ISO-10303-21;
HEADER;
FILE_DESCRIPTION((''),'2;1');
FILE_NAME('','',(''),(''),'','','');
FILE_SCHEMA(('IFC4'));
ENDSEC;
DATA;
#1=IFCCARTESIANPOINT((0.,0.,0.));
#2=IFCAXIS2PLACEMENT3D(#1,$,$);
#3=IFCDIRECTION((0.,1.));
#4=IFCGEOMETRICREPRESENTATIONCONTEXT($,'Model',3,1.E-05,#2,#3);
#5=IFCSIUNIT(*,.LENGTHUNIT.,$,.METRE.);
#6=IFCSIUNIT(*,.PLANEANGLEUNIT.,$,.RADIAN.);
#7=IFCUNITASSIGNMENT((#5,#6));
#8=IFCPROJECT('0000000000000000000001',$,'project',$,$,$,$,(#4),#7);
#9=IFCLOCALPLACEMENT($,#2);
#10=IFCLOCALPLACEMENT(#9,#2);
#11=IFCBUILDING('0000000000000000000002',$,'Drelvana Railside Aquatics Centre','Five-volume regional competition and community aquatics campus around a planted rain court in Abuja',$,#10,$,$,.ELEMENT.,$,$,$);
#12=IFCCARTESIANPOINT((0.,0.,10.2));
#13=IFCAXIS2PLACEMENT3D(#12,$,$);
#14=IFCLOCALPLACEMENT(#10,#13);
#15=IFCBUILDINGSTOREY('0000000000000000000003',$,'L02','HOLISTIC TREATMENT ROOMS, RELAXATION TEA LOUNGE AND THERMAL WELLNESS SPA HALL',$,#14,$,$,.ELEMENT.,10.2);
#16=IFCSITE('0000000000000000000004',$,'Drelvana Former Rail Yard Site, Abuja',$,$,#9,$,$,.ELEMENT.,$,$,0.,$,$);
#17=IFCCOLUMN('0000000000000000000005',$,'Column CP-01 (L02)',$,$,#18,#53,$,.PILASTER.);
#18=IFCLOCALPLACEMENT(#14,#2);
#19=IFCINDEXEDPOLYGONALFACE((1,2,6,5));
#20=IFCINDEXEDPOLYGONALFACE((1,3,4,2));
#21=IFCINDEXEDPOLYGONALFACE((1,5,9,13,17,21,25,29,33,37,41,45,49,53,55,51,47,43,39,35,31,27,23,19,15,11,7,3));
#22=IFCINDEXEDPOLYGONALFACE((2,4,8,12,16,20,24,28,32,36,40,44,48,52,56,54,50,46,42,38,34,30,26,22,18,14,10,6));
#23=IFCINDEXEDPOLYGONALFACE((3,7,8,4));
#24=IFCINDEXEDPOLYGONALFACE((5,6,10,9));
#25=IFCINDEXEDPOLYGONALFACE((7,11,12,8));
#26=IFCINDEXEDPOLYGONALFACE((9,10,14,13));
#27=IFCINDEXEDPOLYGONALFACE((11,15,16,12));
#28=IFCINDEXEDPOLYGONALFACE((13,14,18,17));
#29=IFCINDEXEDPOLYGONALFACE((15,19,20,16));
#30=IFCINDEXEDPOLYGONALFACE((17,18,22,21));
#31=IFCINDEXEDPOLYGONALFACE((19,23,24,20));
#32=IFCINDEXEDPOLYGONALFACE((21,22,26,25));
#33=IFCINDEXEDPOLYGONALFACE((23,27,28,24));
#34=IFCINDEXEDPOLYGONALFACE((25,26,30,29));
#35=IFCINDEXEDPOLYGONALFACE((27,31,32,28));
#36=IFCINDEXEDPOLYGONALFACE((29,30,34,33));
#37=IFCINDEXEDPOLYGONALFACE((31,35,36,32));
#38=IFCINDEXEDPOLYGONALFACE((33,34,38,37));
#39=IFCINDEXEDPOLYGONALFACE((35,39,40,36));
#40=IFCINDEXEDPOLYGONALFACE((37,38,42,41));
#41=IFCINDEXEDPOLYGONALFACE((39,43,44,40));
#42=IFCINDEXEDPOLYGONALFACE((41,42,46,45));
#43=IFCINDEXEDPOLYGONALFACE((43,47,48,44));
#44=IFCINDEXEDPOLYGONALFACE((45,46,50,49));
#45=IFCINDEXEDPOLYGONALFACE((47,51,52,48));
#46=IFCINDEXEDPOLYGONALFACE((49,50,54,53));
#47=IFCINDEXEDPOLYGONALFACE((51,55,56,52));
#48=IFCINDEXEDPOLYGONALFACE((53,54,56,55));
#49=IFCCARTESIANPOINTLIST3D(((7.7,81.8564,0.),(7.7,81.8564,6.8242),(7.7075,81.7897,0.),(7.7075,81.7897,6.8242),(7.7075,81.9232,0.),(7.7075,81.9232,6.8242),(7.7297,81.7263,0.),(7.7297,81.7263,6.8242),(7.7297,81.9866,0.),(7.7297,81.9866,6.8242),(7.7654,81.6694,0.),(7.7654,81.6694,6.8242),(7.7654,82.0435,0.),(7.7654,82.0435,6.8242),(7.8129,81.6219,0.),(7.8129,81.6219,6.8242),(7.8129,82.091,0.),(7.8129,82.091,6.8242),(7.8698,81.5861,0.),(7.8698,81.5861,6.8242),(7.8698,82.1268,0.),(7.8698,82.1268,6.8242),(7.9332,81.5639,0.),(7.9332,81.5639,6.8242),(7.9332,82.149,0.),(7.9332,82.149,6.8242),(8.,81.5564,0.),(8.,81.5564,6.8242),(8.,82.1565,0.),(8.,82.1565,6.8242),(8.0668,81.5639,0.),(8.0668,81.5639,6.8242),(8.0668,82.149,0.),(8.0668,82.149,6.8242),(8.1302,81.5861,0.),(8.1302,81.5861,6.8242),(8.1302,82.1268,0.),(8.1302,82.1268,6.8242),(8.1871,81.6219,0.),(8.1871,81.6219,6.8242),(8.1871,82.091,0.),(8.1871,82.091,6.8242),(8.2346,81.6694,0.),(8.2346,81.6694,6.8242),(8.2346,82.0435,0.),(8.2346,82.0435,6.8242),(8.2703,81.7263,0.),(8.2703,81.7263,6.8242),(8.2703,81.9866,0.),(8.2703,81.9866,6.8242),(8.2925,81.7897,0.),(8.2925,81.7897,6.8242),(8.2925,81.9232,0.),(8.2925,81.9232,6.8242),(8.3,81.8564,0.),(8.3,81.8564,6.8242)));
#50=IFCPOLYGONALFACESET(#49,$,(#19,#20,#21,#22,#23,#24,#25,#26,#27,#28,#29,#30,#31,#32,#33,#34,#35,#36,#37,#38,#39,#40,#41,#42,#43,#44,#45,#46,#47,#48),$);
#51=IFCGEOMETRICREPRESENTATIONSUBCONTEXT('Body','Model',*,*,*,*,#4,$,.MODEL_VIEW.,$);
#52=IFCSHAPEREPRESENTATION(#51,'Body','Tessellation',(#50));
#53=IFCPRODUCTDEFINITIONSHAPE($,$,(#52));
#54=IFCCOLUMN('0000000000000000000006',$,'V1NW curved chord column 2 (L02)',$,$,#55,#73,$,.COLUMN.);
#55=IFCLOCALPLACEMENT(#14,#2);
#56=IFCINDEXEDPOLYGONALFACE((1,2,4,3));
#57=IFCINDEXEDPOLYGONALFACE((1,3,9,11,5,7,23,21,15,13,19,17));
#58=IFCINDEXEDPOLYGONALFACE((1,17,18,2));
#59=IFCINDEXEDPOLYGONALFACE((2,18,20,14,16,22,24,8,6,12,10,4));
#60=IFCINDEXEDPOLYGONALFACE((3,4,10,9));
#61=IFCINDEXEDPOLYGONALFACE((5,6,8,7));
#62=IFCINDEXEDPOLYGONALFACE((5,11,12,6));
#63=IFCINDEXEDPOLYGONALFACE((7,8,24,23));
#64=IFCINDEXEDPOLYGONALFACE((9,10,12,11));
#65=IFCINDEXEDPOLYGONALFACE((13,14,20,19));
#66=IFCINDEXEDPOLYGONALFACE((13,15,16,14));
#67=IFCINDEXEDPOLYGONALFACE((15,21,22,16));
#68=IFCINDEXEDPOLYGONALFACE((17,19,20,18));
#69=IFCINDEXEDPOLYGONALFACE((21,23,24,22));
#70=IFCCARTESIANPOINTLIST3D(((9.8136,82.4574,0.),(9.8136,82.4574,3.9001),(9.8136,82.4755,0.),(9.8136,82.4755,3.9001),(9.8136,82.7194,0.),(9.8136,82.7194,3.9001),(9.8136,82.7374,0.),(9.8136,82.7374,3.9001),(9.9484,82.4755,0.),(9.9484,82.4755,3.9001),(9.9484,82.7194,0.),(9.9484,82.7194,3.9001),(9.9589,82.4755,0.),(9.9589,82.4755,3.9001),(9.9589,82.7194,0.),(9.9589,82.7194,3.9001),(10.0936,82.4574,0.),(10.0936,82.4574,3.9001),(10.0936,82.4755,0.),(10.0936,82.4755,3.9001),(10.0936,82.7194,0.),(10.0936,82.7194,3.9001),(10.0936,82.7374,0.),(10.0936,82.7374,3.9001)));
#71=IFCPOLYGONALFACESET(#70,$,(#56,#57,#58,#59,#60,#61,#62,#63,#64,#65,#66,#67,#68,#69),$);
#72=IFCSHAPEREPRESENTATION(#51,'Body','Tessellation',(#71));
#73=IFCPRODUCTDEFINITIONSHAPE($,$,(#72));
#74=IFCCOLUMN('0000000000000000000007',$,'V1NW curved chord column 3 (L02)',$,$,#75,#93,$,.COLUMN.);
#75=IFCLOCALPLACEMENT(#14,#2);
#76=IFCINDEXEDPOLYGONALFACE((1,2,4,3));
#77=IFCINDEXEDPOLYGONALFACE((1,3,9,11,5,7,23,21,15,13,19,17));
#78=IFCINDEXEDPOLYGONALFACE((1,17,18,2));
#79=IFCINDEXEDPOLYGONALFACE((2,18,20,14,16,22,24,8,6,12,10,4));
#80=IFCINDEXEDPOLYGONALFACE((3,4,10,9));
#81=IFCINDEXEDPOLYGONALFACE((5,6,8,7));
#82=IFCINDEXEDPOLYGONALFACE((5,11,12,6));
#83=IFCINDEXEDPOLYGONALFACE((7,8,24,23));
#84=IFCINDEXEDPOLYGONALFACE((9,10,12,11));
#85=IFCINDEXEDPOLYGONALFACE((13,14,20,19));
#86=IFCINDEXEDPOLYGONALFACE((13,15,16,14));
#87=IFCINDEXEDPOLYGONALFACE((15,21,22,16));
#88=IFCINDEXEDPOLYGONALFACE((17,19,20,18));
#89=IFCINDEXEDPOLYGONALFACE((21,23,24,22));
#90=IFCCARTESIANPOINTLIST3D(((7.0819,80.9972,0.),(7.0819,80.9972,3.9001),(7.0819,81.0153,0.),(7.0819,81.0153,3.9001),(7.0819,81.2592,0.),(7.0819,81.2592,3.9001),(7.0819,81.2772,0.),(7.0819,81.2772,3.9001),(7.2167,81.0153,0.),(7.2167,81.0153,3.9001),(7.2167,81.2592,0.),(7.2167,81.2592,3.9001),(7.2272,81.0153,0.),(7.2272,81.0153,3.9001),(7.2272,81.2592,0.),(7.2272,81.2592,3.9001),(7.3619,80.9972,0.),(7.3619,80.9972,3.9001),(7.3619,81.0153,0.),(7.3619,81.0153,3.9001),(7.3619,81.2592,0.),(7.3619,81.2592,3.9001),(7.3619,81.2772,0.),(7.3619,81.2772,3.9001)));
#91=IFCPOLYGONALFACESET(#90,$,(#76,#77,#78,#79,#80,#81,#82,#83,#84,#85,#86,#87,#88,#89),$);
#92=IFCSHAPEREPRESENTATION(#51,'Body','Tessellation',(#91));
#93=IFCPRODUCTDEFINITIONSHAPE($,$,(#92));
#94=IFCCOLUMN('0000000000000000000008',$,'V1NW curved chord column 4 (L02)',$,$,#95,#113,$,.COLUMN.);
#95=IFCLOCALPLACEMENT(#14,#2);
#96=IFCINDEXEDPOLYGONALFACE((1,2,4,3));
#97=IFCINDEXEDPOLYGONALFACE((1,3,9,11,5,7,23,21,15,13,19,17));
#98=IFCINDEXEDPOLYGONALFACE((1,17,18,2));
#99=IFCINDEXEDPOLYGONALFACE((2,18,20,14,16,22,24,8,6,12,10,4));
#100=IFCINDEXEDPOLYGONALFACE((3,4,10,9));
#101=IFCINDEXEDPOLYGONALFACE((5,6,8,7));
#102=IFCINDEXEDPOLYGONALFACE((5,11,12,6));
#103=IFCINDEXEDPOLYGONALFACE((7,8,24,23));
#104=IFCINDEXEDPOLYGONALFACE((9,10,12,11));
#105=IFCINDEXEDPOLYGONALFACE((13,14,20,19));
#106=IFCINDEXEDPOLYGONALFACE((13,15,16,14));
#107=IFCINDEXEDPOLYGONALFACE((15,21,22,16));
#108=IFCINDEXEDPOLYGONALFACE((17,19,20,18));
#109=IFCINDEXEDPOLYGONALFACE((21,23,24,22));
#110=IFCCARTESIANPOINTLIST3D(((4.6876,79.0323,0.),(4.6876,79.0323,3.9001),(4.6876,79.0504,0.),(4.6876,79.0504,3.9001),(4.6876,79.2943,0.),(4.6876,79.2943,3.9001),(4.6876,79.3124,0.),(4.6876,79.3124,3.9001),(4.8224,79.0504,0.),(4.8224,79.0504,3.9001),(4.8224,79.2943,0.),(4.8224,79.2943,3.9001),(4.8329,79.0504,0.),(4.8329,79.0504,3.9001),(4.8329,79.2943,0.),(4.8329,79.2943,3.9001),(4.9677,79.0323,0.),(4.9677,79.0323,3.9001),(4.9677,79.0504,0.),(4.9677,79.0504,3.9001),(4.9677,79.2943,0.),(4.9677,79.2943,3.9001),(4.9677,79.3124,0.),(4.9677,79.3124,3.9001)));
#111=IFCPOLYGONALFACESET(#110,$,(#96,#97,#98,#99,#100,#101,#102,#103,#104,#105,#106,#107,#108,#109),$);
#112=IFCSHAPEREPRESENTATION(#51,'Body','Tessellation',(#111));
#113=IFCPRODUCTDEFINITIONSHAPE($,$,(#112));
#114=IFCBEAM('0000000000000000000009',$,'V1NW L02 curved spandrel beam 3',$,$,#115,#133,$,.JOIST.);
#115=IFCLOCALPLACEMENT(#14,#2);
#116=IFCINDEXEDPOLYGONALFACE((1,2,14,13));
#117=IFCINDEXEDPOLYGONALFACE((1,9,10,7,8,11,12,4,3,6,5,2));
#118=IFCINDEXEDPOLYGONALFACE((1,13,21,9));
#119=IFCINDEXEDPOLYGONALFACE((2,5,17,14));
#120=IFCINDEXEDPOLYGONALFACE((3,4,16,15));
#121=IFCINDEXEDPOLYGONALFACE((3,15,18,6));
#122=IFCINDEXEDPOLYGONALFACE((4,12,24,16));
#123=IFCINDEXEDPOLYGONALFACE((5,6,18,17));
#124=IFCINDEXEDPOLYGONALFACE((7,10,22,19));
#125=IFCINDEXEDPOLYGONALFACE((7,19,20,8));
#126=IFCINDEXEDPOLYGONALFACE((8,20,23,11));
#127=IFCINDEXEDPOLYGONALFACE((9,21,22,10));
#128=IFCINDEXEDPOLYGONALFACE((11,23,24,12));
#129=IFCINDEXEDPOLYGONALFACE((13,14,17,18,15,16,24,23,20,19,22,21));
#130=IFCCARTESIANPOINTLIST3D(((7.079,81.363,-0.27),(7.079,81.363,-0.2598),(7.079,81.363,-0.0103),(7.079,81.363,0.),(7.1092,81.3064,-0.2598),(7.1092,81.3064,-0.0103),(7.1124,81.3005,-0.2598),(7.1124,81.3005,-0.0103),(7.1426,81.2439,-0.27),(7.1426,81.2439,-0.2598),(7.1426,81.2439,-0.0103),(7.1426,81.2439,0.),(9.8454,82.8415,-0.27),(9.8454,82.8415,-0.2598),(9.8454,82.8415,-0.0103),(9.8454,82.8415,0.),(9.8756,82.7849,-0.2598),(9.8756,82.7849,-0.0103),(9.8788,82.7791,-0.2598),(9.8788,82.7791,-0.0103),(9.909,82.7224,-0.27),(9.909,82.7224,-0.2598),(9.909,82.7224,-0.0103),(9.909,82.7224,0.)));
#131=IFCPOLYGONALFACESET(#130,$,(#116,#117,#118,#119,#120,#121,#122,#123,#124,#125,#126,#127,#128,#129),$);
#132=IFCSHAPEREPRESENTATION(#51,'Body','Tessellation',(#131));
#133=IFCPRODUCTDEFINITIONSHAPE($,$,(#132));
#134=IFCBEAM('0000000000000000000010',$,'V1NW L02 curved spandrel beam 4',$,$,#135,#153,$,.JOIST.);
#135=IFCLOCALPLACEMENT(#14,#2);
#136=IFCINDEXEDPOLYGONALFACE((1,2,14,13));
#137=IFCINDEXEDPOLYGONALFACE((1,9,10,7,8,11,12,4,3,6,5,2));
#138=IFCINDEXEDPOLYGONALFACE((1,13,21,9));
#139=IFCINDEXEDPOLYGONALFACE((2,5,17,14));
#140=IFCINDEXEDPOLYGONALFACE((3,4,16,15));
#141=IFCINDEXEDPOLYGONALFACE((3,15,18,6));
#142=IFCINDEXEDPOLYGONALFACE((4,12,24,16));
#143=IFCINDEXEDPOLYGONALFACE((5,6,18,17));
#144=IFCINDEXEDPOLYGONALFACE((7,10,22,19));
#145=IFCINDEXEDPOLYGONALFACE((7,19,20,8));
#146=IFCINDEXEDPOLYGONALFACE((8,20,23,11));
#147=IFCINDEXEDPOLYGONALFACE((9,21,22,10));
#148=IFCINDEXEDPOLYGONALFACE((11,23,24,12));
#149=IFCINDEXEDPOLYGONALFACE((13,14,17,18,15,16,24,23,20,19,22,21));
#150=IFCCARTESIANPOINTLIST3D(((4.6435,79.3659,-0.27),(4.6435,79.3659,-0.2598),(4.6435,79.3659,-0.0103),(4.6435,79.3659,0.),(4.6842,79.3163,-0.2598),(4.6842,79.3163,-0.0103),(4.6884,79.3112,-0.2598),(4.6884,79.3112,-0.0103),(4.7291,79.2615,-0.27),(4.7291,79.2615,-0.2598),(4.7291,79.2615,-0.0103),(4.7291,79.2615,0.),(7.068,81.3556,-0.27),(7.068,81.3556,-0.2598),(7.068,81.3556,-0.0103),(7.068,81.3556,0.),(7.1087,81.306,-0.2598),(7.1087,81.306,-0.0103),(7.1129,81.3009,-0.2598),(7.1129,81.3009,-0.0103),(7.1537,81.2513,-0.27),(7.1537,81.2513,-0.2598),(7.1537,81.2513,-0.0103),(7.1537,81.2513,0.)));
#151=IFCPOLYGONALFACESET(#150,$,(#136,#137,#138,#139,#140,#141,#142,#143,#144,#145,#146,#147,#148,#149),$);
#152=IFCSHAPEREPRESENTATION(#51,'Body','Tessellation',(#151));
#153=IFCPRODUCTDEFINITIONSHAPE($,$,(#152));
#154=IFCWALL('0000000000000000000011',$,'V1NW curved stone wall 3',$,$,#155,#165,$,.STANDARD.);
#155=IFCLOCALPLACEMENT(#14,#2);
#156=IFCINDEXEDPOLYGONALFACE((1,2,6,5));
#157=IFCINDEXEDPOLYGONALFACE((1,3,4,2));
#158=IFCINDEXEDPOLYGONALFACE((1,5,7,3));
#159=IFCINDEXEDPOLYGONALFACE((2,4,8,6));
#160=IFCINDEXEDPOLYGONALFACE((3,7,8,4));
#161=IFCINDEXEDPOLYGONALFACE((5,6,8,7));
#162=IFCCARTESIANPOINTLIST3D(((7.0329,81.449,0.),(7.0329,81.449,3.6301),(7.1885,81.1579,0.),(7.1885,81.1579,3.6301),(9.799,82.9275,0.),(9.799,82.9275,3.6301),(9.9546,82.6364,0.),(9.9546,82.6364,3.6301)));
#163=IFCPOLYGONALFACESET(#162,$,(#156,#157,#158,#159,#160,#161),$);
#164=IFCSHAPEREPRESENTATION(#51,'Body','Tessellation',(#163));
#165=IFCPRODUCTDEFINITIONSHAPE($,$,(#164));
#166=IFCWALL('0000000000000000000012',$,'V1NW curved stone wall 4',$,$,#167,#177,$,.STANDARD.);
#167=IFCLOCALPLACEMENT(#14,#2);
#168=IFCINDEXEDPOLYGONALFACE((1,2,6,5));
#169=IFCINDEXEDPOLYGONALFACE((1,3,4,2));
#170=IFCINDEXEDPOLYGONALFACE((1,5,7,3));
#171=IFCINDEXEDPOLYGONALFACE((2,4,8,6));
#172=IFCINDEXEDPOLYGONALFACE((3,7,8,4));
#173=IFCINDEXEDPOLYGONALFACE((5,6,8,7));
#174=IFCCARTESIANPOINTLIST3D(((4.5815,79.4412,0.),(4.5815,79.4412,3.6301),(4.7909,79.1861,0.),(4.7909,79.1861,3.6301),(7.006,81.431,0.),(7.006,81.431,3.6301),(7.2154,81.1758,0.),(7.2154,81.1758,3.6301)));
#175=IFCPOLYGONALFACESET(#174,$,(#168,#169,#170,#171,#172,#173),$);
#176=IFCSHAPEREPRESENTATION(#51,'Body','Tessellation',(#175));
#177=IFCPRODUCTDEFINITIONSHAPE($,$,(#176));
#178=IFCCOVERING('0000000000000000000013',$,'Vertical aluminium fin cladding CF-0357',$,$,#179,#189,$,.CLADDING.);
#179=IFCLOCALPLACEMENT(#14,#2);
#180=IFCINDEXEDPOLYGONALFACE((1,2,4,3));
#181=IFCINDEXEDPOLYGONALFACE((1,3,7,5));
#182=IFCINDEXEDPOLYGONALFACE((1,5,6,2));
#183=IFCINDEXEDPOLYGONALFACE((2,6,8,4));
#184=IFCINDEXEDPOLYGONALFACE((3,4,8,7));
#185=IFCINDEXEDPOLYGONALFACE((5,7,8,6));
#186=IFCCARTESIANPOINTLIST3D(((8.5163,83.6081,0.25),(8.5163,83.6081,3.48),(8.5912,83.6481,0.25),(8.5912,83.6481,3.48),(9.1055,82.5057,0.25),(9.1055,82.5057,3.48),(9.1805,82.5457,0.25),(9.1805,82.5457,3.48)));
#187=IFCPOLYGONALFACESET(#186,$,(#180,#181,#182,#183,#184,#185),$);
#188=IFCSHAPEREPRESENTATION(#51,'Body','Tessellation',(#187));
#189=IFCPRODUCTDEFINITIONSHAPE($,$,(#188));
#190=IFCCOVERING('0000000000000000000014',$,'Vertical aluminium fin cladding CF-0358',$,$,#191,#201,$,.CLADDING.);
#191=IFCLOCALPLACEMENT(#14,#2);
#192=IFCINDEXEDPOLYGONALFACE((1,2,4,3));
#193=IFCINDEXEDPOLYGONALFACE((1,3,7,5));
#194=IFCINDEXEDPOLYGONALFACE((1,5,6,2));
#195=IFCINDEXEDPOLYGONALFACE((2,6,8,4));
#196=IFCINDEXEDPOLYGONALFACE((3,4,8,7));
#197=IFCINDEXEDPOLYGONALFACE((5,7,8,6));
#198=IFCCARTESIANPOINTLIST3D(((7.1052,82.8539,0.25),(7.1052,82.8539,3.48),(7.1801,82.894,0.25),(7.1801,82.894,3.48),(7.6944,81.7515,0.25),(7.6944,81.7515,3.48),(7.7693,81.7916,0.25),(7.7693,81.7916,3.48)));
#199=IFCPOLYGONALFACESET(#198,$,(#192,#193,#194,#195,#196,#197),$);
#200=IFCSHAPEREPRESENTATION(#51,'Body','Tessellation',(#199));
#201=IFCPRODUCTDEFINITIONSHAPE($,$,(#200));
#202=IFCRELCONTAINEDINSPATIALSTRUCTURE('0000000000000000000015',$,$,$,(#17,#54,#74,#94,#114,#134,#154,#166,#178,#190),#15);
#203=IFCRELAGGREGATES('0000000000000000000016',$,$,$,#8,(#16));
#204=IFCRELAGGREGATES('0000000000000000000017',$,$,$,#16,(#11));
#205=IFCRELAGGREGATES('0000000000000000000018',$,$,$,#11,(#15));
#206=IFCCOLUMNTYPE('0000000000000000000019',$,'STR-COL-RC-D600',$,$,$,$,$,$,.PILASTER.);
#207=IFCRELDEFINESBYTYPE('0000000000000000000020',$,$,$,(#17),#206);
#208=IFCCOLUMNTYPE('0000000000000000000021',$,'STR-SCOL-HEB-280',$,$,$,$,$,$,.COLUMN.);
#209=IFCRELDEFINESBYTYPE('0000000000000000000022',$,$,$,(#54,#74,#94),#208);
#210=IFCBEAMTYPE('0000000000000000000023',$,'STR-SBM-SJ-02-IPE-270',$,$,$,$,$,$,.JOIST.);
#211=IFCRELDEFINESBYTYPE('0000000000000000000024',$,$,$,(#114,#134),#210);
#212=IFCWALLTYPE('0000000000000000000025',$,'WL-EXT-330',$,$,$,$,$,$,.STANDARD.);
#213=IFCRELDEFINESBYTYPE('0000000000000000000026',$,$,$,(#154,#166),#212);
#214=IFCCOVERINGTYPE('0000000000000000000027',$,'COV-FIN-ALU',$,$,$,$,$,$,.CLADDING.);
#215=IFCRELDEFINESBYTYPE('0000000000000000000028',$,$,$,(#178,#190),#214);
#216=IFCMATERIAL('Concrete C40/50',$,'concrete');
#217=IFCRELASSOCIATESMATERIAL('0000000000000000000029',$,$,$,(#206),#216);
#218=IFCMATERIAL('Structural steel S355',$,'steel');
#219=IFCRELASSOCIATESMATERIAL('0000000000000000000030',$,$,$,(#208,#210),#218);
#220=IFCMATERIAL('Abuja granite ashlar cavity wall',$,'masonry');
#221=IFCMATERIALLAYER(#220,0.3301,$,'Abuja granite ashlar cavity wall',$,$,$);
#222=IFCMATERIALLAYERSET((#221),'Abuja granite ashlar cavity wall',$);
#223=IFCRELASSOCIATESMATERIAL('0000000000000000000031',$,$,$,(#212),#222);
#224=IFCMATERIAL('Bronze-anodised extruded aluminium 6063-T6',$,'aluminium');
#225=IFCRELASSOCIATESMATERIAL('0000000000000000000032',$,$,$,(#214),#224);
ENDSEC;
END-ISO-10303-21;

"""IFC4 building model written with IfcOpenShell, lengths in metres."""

from ifc_helpers import new_model, si_unit, direction, frame, frame_2d, origin, origin_2d, place, context, subcontext, project, spatial, rectangle, circle, i_section, extrude, material, layer, layer_set, material_profile, profile_set, type_object, element, save


model = new_model("IFC4")

# Units and contexts
model_context = context("Model", 3, precision=1e-05, world=origin(), true_north=direction((0.0, 1.0)))
body_context = subcontext(model_context, "Body", "Model", "MODEL_VIEW")
ifc_project = project(units=[si_unit("LENGTHUNIT", "METRE"), si_unit("PLANEANGLEUNIT", "RADIAN")], contexts=[model_context])

# Site, building, storey
site_placement = place(None, origin())
site = spatial("IfcSite", under=ifc_project, at=site_placement, Name="Drelvana Former Rail Yard Site, Abuja", CompositionType="ELEMENT", RefElevation=0.0)
building_placement = place(site_placement, origin())
building = spatial("IfcBuilding", under=site, at=building_placement, Name="Drelvana Railside Aquatics Centre", Description="Five-volume regional competition and community aquatics campus around a planted rain court in Abuja", CompositionType="ELEMENT")
storey_placement = place(building_placement, frame((0.0, 0.0, 10.2)))
storey = spatial("IfcBuildingStorey", under=building, at=storey_placement, Name="L02", Description="HOLISTIC TREATMENT ROOMS, RELAXATION TEA LOUNGE AND THERMAL WELLNESS SPA HALL", CompositionType="ELEMENT", Elevation=10.2)

# Columns
ifc_material_1 = material(Name="Concrete C40/50", Category="concrete")
ifc_material_profile_1 = material_profile(ifc_material_1, circle(Radius=0.3, at=origin_2d()), Name="RC D600")
ifc_profile_set_1 = profile_set([ifc_material_profile_1], Name="Concrete C40/50")
column_type_1 = type_object("IfcColumnType", Name="STR-COL-RC-D600", PredefinedType="PILASTER", material=ifc_profile_set_1)
column_placement = place(storey_placement, frame((8.0, 81.8564, 0.0), z_axis=(0.0, 0.0, 1.0), x_axis=(1.0, 0.0, 0.0)))
element("IfcColumn", 1, at=column_placement, inside=storey, type_object=column_type_1, Name="Column CP-01 (L02)", PredefinedType="PILASTER", context=body_context, shape_type="SweptSolid", body=[
    extrude(circle(Radius=0.3, at=origin_2d()), origin(), (0.0, 0.0, 1.0), 6.8242),
])
ifc_material_2 = material(Name="Structural steel S355", Category="steel")
ifc_material_profile_2 = material_profile(ifc_material_2, i_section(OverallWidth=0.28, OverallDepth=0.28, WebThickness=0.0105, FlangeThickness=0.0181, at=origin_2d()), Name="HEB 280")
ifc_profile_set_2 = profile_set([ifc_material_profile_2], Name="Structural steel S355")
column_type_2 = type_object("IfcColumnType", Name="STR-SCOL-HEB-280", PredefinedType="COLUMN", material=ifc_profile_set_2)
for number, where, z_axis, x_axis, name in (
    (2, (9.9536, 82.5974, 0.0), (0.0, 0.0, 1.0), (1.0, 0.0, 0.0), "V1NW curved chord column 2 (L02)"),
    (3, (7.2219, 81.1372, 0.0), (0.0, 0.0, 1.0), (1.0, 0.0, 0.0), "V1NW curved chord column 3 (L02)"),
    (4, (4.8276, 79.1724, 0.0), (0.0, 0.0, 1.0), (1.0, 0.0, 0.0), "V1NW curved chord column 4 (L02)"),
):
    element("IfcColumn", number, at=place(storey_placement, frame(where, z_axis=z_axis, x_axis=x_axis)), inside=storey, type_object=column_type_2, Name=name, PredefinedType="COLUMN", context=body_context, shape_type="SweptSolid", body=[
        extrude(i_section(OverallWidth=0.28, OverallDepth=0.28, WebThickness=0.0105, FlangeThickness=0.0181, at=origin_2d()), origin(), (0.0, 0.0, 1.0), 3.9001),
    ])

# Beams
ifc_material_profile_3 = material_profile(ifc_material_2, i_section(OverallWidth=0.135, OverallDepth=0.27, WebThickness=0.0066, FlangeThickness=0.0103, at=origin_2d()), Name="IPE 270")
ifc_profile_set_3 = profile_set([ifc_material_profile_3], Name="Structural steel S355")
beam_type = type_object("IfcBeamType", Name="STR-SBM-SJ-02-IPE-270", PredefinedType="JOIST", material=ifc_profile_set_3)
beam_1_placement = place(storey_placement, frame((9.8772, 82.782, -0.135), z_axis=(-0.881939, -0.471364, 0.0), x_axis=(0.471364, -0.881939, 0.0)))
element("IfcBeam", 5, at=beam_1_placement, inside=storey, type_object=beam_type, Name="V1NW L02 curved spandrel beam 3", PredefinedType="JOIST", context=body_context, shape_type="SweptSolid", body=[
    extrude(i_section(OverallWidth=0.135, OverallDepth=0.27, WebThickness=0.0066, FlangeThickness=0.0103, at=origin_2d()), origin(), (0.0, 0.0, 1.0), 3.1367),
])
beam_2_placement = place(storey_placement, frame((7.1108, 81.3035, -0.135), z_axis=(-0.773017, -0.634386, 0.0), x_axis=(0.634386, -0.773017, 0.0)))
element("IfcBeam", 6, at=beam_2_placement, inside=storey, type_object=beam_type, Name="V1NW L02 curved spandrel beam 4", PredefinedType="JOIST", context=body_context, shape_type="SweptSolid", body=[
    extrude(i_section(OverallWidth=0.135, OverallDepth=0.27, WebThickness=0.0066, FlangeThickness=0.0103, at=origin_2d()), origin(), (0.0, 0.0, 1.0), 3.1365),
])

# Walls
ifc_material_3 = material(Name="Abuja granite ashlar cavity wall", Category="masonry")
ifc_layer = layer(ifc_material_3, 0.3301, Name="Abuja granite ashlar cavity wall")
ifc_layer_set = layer_set([ifc_layer], Name="Abuja granite ashlar cavity wall")
wall_type = type_object("IfcWallType", Name="WL-EXT-330", PredefinedType="STANDARD", material=ifc_layer_set)
for number, where, z_axis, x_axis, name in (
    (7, (9.877, 82.782, 0.0), (0.0, 0.0, 1.0), (-0.881922, -0.471396, 0.0), "V1NW curved stone wall 3"),
    (8, (7.1108, 81.3035, 0.0), (0.0, 0.0, 1.0), (-0.773017, -0.634386, 0.0), "V1NW curved stone wall 4"),
):
    element("IfcWall", number, at=place(storey_placement, frame(where, z_axis=z_axis, x_axis=x_axis)), inside=storey, type_object=wall_type, Name=name, PredefinedType="STANDARD", context=body_context, shape_type="SweptSolid", body=[
        extrude(rectangle(XDim=3.1365, YDim=0.3301, at=frame_2d((1.5684, 0.0))), origin(), (0.0, 0.0, 1.0), 3.6301),
    ])

# Coverings
ifc_material_4 = material(Name="Bronze-anodised extruded aluminium 6063-T6", Category="aluminium")
covering_type = type_object("IfcCoveringType", Name="COV-FIN-ALU", PredefinedType="CLADDING", material=ifc_material_4)
for number, where, z_axis, x_axis, name in (
    (9, (8.8484, 83.0769, 0.25), (0.0, 0.0, 1.0), (0.881921, 0.471397, 0.0), "Vertical aluminium fin cladding CF-0357"),
    (10, (7.4373, 82.3228, 0.25), (0.0, 0.0, 1.0), (0.881921, 0.471397, 0.0), "Vertical aluminium fin cladding CF-0358"),
):
    element("IfcCovering", number, at=place(storey_placement, frame(where, z_axis=z_axis, x_axis=x_axis)), inside=storey, type_object=covering_type, Name=name, PredefinedType="CLADDING", context=body_context, shape_type="SweptSolid", body=[
        extrude(rectangle(XDim=0.085, YDim=1.25, at=origin_2d()), origin(), (0.0, 0.0, 1.0), 3.23),
    ])

save(model, "model.ifc")
